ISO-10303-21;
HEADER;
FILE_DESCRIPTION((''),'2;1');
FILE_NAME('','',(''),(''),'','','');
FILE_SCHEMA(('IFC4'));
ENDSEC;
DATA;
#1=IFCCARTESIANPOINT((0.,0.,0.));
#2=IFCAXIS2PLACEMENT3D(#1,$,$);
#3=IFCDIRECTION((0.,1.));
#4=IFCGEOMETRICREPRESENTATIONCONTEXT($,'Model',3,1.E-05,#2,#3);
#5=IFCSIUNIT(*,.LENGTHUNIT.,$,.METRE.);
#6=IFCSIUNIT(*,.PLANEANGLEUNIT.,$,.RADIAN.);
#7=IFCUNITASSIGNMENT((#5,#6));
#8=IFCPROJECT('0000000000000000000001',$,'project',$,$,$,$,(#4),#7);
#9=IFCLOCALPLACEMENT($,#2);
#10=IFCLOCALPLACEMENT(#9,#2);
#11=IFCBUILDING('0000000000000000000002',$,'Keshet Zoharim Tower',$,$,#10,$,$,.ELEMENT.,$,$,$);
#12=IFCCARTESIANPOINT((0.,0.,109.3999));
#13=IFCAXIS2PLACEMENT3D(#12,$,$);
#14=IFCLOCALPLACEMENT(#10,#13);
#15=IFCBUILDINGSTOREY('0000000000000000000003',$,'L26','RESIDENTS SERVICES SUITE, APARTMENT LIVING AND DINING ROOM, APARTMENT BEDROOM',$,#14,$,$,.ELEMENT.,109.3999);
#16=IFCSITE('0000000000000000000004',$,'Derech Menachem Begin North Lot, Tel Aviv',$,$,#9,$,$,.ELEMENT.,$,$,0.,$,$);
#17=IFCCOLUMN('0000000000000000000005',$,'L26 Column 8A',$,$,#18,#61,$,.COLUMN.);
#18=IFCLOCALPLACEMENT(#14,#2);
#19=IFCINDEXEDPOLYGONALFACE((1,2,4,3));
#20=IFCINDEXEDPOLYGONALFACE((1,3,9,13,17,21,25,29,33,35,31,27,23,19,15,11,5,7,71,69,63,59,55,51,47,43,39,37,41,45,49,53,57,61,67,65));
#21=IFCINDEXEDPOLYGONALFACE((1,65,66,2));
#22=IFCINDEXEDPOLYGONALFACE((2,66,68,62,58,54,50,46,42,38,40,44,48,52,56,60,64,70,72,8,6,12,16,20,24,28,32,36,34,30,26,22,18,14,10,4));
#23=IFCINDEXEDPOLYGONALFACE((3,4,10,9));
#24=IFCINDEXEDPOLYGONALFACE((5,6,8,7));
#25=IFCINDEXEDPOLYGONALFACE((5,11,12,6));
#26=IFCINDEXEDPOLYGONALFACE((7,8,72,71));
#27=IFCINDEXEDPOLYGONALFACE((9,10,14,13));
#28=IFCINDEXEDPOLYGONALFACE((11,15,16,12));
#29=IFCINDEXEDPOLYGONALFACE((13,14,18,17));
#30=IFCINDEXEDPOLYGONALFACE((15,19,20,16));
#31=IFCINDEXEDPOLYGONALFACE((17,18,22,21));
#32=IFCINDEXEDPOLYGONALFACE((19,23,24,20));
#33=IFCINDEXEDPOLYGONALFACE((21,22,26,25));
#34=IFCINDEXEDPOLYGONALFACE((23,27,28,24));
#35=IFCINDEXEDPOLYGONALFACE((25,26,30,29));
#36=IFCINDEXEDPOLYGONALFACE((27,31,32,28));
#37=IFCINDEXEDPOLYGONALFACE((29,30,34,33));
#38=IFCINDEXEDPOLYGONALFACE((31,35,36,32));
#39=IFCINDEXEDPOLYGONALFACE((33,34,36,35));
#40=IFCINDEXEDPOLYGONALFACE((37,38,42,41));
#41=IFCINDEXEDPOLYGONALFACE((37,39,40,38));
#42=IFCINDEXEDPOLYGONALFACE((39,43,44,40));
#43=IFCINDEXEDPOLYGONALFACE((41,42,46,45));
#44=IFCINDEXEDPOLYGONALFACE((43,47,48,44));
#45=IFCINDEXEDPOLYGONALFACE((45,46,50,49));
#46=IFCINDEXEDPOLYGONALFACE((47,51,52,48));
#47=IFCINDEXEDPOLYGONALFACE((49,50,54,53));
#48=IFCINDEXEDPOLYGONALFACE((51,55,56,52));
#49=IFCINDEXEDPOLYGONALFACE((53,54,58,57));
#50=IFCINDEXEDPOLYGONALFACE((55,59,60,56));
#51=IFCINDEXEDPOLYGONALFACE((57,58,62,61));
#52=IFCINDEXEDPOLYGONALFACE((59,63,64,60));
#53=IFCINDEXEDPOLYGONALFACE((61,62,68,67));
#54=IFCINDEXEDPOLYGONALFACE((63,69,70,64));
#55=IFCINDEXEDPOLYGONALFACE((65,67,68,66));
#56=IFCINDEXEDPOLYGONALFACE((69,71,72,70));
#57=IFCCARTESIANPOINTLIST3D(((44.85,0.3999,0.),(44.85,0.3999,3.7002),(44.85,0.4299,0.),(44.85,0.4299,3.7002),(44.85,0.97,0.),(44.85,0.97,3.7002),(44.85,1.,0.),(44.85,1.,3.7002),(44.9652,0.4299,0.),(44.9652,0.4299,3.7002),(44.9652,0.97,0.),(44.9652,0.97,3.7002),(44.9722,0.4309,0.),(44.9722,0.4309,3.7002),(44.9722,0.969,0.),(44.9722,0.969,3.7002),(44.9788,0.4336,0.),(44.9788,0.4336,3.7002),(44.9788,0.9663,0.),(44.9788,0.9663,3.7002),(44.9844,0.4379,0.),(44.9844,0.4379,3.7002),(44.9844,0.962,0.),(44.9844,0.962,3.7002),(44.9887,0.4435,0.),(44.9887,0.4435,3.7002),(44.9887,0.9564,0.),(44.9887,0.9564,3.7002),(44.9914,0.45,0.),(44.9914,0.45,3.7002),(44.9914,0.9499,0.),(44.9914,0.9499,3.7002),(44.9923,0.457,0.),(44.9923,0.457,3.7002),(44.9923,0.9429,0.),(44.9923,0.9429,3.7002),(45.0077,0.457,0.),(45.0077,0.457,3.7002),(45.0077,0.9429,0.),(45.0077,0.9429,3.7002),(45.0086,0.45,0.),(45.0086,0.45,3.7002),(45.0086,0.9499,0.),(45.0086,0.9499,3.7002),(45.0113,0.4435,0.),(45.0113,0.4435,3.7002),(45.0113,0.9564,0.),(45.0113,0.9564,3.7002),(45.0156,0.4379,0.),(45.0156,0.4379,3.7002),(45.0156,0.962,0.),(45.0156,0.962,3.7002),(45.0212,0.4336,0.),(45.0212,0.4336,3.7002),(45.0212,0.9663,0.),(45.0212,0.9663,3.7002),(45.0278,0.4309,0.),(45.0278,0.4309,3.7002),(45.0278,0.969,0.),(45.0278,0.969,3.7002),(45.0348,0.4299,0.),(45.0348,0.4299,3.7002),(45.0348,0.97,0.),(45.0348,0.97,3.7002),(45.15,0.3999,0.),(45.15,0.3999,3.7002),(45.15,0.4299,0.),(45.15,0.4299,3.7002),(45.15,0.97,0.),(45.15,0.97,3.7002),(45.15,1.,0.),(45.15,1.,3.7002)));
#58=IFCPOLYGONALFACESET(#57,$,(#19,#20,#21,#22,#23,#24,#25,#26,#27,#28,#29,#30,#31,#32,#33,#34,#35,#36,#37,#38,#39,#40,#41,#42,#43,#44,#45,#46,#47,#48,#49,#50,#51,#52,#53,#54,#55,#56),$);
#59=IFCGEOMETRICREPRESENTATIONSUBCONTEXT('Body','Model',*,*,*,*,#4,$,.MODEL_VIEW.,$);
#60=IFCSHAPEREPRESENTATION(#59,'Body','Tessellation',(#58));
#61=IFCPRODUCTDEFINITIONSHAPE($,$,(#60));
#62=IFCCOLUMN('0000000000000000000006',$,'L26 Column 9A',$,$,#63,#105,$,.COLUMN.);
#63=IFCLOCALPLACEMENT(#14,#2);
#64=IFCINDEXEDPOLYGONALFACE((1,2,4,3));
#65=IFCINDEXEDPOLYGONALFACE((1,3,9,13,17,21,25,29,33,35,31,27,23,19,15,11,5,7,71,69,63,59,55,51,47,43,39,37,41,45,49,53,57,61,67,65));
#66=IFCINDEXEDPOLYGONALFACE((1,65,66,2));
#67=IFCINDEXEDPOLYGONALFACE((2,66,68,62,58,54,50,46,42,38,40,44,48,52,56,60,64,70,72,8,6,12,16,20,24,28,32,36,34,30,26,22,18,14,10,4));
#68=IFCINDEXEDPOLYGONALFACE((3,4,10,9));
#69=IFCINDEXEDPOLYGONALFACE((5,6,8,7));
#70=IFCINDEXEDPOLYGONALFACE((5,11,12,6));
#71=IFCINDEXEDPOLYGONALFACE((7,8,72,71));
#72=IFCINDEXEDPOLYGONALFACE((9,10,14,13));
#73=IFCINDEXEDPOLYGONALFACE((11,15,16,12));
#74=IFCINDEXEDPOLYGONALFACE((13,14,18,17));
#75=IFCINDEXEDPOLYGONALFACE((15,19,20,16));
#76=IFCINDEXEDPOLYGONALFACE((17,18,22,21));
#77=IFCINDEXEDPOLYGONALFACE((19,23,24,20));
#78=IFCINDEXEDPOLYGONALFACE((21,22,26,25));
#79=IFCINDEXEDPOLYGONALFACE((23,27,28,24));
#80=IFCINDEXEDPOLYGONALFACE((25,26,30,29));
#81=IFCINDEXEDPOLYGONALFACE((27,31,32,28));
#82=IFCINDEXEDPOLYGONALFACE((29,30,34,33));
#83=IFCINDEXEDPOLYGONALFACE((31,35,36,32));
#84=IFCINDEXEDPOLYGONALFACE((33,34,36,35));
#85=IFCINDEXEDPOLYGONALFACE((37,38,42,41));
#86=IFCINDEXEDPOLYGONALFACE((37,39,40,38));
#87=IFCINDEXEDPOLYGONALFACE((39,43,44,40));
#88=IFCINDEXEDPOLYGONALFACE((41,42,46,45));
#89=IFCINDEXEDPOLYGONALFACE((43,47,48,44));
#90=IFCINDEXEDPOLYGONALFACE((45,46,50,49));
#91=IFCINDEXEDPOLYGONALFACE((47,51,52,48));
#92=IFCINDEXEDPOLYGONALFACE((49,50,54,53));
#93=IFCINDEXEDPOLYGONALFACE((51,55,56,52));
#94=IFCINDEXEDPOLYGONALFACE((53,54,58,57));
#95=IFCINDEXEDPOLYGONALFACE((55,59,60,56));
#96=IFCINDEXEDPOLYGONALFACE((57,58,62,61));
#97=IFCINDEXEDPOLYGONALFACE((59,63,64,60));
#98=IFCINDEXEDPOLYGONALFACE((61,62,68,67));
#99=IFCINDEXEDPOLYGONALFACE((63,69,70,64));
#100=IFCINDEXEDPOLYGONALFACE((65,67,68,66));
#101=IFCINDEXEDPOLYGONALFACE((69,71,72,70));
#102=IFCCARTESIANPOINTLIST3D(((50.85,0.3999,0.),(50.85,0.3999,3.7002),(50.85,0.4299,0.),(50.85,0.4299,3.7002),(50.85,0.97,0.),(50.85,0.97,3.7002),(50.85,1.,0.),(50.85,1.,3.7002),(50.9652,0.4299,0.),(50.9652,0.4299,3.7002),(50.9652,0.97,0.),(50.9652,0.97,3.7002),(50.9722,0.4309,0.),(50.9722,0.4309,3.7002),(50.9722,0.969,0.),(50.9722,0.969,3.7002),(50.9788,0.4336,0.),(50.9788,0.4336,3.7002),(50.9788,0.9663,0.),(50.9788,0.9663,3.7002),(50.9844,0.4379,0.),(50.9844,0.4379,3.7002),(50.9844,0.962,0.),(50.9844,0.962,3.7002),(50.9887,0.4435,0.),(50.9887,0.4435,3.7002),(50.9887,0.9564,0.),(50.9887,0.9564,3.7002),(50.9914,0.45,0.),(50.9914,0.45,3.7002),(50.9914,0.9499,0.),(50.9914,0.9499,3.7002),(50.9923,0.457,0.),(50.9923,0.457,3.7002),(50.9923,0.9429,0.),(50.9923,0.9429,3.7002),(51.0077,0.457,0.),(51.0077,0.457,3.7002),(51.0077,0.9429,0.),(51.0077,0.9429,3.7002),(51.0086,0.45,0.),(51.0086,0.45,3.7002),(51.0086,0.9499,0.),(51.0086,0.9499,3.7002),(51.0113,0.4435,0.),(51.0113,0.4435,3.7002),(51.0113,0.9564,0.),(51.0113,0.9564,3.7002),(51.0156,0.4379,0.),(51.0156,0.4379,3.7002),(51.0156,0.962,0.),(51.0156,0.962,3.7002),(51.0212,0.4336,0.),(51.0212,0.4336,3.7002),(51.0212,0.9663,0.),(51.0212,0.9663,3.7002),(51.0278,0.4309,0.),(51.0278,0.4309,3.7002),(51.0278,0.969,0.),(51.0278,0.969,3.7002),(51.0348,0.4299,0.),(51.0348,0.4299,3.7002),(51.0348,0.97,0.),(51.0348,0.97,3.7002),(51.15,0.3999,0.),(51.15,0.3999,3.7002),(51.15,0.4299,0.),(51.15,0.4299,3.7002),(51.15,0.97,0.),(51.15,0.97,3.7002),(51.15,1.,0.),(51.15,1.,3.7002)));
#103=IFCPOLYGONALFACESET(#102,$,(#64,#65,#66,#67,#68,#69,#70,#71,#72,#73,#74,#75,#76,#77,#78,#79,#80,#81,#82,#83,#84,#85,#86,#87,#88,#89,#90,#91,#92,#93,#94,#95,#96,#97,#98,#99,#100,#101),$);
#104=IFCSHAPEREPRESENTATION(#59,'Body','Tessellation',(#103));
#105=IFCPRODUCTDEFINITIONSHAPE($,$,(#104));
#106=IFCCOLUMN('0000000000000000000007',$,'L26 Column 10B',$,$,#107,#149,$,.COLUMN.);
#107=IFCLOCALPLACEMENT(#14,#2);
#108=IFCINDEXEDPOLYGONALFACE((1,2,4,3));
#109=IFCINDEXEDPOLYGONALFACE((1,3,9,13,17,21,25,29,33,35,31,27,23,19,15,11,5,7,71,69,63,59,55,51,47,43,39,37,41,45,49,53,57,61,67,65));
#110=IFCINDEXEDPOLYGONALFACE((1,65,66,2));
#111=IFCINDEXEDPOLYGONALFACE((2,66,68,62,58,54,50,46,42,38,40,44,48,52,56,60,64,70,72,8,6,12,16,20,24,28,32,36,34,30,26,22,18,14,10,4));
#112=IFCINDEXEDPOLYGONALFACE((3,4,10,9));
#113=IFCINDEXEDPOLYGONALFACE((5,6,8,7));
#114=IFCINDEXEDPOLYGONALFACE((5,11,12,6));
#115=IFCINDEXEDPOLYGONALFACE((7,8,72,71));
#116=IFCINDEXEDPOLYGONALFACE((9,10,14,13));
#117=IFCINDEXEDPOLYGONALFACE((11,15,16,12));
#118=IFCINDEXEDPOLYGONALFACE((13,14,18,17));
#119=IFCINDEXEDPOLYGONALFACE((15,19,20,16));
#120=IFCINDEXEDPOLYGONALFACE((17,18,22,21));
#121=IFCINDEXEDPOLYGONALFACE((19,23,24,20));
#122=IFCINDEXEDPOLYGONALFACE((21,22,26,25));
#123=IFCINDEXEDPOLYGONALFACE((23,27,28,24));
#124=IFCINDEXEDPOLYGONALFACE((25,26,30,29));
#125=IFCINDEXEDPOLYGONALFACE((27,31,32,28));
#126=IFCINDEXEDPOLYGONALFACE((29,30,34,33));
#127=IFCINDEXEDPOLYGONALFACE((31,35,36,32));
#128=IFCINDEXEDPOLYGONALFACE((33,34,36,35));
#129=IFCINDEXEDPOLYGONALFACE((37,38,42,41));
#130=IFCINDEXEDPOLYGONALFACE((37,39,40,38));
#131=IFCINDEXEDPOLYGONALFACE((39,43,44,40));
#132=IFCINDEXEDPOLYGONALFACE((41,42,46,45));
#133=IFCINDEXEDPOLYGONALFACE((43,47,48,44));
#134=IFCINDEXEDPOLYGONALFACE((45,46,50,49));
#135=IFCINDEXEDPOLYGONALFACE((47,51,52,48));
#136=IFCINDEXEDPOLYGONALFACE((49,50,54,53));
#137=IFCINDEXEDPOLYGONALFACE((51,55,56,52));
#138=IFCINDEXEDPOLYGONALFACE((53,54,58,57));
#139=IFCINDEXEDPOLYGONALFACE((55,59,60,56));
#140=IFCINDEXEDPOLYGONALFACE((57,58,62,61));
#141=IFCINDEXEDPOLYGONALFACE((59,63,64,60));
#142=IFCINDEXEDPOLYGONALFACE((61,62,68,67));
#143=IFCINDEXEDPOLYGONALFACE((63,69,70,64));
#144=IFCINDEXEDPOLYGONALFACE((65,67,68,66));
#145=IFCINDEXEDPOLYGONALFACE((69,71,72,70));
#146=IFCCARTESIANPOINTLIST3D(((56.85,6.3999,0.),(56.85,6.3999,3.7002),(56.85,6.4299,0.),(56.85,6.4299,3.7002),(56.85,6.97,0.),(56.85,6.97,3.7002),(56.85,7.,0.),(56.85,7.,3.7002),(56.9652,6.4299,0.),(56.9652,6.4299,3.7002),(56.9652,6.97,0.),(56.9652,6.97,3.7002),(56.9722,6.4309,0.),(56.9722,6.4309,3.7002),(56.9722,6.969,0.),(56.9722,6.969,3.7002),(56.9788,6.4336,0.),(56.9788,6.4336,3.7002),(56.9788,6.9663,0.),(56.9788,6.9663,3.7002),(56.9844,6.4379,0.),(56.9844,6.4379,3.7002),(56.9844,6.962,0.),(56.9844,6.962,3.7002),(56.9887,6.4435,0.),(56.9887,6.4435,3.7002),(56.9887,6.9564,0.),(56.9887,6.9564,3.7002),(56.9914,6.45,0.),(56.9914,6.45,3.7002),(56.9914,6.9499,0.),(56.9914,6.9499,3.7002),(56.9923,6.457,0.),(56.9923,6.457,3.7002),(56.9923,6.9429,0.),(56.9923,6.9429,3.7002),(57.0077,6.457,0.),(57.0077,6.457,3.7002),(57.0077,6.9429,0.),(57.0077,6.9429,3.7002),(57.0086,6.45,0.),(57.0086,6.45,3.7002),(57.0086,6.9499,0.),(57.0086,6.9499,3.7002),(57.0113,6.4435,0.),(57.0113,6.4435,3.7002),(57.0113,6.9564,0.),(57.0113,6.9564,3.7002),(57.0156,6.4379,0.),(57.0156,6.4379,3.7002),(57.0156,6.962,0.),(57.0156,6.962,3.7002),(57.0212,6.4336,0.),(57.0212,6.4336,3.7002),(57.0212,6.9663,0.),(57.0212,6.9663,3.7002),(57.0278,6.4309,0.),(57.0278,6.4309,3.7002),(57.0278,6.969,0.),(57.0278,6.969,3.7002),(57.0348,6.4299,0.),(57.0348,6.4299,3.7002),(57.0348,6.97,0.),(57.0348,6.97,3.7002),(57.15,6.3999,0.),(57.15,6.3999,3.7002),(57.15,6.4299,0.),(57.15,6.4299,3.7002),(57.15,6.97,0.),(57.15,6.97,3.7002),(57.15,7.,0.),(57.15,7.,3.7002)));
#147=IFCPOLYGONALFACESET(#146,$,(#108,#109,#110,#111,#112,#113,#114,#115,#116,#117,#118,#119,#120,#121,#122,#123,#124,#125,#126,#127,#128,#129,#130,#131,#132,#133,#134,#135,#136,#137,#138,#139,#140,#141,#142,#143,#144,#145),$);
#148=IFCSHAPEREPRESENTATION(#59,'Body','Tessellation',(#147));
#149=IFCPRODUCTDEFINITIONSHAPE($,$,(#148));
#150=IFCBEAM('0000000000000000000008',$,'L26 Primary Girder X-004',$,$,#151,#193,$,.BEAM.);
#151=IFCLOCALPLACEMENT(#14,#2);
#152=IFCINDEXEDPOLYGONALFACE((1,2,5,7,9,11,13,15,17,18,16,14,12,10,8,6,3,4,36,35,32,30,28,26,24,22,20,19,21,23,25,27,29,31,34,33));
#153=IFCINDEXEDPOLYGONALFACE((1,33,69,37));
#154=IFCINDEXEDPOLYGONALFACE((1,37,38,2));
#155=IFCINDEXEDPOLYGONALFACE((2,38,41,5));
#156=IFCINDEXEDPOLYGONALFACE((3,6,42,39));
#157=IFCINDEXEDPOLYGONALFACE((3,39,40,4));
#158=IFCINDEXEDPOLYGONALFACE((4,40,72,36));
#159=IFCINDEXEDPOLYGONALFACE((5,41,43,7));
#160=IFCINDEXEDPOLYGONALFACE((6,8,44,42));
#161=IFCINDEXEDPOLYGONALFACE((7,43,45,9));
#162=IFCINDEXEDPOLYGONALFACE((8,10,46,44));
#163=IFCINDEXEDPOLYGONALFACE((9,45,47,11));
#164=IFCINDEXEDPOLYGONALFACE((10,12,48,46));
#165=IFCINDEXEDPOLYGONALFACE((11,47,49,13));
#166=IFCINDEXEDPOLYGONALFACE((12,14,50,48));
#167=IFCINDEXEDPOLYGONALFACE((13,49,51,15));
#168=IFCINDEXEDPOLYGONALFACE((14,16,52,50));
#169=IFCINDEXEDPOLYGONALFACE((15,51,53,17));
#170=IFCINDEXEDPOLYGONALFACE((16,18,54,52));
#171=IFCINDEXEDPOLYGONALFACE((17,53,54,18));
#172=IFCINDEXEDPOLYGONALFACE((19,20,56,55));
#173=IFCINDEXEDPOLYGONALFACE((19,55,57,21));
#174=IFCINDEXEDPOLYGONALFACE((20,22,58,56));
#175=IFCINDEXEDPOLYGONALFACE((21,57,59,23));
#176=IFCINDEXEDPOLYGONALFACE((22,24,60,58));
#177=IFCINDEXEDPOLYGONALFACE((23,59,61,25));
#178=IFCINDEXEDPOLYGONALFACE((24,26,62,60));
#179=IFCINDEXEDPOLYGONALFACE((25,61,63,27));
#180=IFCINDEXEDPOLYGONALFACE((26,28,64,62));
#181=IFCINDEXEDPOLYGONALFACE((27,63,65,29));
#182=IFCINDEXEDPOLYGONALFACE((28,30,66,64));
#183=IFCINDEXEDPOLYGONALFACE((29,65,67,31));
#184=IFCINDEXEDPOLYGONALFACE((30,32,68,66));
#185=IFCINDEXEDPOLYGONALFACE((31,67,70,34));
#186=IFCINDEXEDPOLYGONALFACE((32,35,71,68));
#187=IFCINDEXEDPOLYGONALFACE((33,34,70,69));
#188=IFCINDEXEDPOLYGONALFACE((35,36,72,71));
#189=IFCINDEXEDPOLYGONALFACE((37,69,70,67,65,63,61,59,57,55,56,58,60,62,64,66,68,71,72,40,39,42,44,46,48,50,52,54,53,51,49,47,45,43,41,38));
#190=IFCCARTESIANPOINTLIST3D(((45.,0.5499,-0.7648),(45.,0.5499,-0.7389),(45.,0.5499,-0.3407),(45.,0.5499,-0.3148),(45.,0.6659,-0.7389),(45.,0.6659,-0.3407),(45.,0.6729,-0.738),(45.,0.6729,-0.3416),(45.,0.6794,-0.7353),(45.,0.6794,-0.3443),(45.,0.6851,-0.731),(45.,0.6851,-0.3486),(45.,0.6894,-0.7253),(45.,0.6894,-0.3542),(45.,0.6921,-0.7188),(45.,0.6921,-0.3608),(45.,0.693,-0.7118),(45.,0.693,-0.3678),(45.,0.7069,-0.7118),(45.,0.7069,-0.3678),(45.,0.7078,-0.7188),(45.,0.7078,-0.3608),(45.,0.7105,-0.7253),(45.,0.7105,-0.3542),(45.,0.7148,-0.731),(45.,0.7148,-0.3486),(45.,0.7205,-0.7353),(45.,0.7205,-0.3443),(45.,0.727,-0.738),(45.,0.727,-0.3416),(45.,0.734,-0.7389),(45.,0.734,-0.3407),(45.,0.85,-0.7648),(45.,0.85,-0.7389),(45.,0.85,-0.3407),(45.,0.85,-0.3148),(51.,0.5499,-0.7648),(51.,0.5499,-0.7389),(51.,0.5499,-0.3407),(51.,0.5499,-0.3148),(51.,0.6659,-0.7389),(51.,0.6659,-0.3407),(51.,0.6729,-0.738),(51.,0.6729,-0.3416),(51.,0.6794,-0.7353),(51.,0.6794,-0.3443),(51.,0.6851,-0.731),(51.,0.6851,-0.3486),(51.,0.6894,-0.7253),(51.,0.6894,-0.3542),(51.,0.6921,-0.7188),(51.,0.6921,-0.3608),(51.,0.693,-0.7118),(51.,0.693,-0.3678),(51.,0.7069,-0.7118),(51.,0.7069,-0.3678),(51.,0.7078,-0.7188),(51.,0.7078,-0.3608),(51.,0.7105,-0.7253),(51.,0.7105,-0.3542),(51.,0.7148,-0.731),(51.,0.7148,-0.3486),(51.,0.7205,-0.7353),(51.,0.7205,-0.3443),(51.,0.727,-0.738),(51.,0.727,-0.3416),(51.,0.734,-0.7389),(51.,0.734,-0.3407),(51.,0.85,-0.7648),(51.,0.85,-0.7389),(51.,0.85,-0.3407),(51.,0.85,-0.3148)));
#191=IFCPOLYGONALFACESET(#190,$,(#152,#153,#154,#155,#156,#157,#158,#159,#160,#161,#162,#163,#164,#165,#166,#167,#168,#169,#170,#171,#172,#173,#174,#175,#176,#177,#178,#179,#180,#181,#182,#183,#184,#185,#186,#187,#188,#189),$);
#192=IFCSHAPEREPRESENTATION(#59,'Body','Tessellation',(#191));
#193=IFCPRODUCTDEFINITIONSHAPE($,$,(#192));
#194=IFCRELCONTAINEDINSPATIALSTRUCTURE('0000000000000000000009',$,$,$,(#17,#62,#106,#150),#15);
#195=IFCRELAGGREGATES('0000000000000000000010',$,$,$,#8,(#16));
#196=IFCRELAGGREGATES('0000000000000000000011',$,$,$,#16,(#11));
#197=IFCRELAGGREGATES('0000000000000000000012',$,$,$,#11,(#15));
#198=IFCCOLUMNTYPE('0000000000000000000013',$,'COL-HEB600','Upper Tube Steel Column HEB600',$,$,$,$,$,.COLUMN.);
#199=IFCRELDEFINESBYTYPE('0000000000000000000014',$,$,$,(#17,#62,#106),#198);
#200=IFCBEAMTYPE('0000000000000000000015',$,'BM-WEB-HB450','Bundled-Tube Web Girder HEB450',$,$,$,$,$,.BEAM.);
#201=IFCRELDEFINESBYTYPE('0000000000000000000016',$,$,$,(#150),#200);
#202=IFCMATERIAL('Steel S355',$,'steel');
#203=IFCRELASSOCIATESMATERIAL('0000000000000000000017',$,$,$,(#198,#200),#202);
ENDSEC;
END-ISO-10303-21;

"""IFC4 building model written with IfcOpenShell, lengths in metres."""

from ifc_helpers import new_model, si_unit, direction, frame, origin, origin_2d, place, context, subcontext, project, spatial, i_section, extrude, material, material_profile, profile_set, type_object, element, save


model = new_model("IFC4")

# Units and contexts
model_context = context("Model", 3, precision=1e-05, world=origin(), true_north=direction((0.0, 1.0)))
body_context = subcontext(model_context, "Body", "Model", "MODEL_VIEW")
ifc_project = project(units=[si_unit("LENGTHUNIT", "METRE"), si_unit("PLANEANGLEUNIT", "RADIAN")], contexts=[model_context])

# Site, building, storey
site_placement = place(None, origin())
site = spatial("IfcSite", under=ifc_project, at=site_placement, Name="Derech Menachem Begin North Lot, Tel Aviv", CompositionType="ELEMENT", RefElevation=0.0)
building_placement = place(site_placement, origin())
building = spatial("IfcBuilding", under=site, at=building_placement, Name="Keshet Zoharim Tower", CompositionType="ELEMENT")
storey_placement = place(building_placement, frame((0.0, 0.0, 109.3999)))
storey = spatial("IfcBuildingStorey", under=building, at=storey_placement, Name="L26", Description="RESIDENTS SERVICES SUITE, APARTMENT LIVING AND DINING ROOM, APARTMENT BEDROOM", CompositionType="ELEMENT", Elevation=109.3999)

# Columns
ifc_material_1 = material(Name="Steel S355", Category="steel")
ifc_material_profile_1 = material_profile(ifc_material_1, i_section(OverallWidth=0.3, OverallDepth=0.6001, WebThickness=0.0154, FlangeThickness=0.03, FilletRadius=0.0271, at=origin_2d()), Name="HEB600")
ifc_profile_set_1 = profile_set([ifc_material_profile_1], Name="Steel S355")
column_type = type_object("IfcColumnType", Name="COL-HEB600", Description="Upper Tube Steel Column HEB600", PredefinedType="COLUMN", material=ifc_profile_set_1)
for number, where, z_axis, x_axis, name in (
    (1, (45.0, 0.7, 0.0), (0.0, 0.0, 1.0), (1.0, 0.0, 0.0), "L26 Column 8A"),
    (2, (51.0, 0.7, 0.0), (0.0, 0.0, 1.0), (1.0, 0.0, 0.0), "L26 Column 9A"),
    (3, (57.0, 6.7, 0.0), (0.0, 0.0, 1.0), (1.0, 0.0, 0.0), "L26 Column 10B"),
):
    element("IfcColumn", number, at=place(storey_placement, frame(where, z_axis=z_axis, x_axis=x_axis)), inside=storey, type_object=column_type, Name=name, PredefinedType="COLUMN", context=body_context, shape_type="SweptSolid", body=[
        extrude(i_section(OverallWidth=0.3, OverallDepth=0.6001, WebThickness=0.0154, FlangeThickness=0.03, FilletRadius=0.0271, at=origin_2d()), origin(), (0.0, 0.0, 1.0), 3.7002),
    ])

# Beam
ifc_material_profile_2 = material_profile(ifc_material_1, i_section(OverallWidth=0.3, OverallDepth=0.45, WebThickness=0.0139, FlangeThickness=0.0259, FilletRadius=0.0271, at=origin_2d()), Name="HEB450")
ifc_profile_set_2 = profile_set([ifc_material_profile_2], Name="Steel S355")
beam_type = type_object("IfcBeamType", Name="BM-WEB-HB450", Description="Bundled-Tube Web Girder HEB450", PredefinedType="BEAM", material=ifc_profile_set_2)
beam_placement = place(storey_placement, frame((45.0, 0.7, -0.5398), z_axis=(1.0, 0.0, 0.0), x_axis=(0.0, 1.0, 0.0)))
element("IfcBeam", 4, at=beam_placement, inside=storey, type_object=beam_type, Name="L26 Primary Girder X-004", PredefinedType="BEAM", context=body_context, shape_type="SweptSolid", body=[
    extrude(i_section(OverallWidth=0.3, OverallDepth=0.45, WebThickness=0.0139, FlangeThickness=0.0259, FilletRadius=0.0271, at=origin_2d()), origin(), (0.0, 0.0, 1.0), 6.0),
])

save(model, "model.ifc")
